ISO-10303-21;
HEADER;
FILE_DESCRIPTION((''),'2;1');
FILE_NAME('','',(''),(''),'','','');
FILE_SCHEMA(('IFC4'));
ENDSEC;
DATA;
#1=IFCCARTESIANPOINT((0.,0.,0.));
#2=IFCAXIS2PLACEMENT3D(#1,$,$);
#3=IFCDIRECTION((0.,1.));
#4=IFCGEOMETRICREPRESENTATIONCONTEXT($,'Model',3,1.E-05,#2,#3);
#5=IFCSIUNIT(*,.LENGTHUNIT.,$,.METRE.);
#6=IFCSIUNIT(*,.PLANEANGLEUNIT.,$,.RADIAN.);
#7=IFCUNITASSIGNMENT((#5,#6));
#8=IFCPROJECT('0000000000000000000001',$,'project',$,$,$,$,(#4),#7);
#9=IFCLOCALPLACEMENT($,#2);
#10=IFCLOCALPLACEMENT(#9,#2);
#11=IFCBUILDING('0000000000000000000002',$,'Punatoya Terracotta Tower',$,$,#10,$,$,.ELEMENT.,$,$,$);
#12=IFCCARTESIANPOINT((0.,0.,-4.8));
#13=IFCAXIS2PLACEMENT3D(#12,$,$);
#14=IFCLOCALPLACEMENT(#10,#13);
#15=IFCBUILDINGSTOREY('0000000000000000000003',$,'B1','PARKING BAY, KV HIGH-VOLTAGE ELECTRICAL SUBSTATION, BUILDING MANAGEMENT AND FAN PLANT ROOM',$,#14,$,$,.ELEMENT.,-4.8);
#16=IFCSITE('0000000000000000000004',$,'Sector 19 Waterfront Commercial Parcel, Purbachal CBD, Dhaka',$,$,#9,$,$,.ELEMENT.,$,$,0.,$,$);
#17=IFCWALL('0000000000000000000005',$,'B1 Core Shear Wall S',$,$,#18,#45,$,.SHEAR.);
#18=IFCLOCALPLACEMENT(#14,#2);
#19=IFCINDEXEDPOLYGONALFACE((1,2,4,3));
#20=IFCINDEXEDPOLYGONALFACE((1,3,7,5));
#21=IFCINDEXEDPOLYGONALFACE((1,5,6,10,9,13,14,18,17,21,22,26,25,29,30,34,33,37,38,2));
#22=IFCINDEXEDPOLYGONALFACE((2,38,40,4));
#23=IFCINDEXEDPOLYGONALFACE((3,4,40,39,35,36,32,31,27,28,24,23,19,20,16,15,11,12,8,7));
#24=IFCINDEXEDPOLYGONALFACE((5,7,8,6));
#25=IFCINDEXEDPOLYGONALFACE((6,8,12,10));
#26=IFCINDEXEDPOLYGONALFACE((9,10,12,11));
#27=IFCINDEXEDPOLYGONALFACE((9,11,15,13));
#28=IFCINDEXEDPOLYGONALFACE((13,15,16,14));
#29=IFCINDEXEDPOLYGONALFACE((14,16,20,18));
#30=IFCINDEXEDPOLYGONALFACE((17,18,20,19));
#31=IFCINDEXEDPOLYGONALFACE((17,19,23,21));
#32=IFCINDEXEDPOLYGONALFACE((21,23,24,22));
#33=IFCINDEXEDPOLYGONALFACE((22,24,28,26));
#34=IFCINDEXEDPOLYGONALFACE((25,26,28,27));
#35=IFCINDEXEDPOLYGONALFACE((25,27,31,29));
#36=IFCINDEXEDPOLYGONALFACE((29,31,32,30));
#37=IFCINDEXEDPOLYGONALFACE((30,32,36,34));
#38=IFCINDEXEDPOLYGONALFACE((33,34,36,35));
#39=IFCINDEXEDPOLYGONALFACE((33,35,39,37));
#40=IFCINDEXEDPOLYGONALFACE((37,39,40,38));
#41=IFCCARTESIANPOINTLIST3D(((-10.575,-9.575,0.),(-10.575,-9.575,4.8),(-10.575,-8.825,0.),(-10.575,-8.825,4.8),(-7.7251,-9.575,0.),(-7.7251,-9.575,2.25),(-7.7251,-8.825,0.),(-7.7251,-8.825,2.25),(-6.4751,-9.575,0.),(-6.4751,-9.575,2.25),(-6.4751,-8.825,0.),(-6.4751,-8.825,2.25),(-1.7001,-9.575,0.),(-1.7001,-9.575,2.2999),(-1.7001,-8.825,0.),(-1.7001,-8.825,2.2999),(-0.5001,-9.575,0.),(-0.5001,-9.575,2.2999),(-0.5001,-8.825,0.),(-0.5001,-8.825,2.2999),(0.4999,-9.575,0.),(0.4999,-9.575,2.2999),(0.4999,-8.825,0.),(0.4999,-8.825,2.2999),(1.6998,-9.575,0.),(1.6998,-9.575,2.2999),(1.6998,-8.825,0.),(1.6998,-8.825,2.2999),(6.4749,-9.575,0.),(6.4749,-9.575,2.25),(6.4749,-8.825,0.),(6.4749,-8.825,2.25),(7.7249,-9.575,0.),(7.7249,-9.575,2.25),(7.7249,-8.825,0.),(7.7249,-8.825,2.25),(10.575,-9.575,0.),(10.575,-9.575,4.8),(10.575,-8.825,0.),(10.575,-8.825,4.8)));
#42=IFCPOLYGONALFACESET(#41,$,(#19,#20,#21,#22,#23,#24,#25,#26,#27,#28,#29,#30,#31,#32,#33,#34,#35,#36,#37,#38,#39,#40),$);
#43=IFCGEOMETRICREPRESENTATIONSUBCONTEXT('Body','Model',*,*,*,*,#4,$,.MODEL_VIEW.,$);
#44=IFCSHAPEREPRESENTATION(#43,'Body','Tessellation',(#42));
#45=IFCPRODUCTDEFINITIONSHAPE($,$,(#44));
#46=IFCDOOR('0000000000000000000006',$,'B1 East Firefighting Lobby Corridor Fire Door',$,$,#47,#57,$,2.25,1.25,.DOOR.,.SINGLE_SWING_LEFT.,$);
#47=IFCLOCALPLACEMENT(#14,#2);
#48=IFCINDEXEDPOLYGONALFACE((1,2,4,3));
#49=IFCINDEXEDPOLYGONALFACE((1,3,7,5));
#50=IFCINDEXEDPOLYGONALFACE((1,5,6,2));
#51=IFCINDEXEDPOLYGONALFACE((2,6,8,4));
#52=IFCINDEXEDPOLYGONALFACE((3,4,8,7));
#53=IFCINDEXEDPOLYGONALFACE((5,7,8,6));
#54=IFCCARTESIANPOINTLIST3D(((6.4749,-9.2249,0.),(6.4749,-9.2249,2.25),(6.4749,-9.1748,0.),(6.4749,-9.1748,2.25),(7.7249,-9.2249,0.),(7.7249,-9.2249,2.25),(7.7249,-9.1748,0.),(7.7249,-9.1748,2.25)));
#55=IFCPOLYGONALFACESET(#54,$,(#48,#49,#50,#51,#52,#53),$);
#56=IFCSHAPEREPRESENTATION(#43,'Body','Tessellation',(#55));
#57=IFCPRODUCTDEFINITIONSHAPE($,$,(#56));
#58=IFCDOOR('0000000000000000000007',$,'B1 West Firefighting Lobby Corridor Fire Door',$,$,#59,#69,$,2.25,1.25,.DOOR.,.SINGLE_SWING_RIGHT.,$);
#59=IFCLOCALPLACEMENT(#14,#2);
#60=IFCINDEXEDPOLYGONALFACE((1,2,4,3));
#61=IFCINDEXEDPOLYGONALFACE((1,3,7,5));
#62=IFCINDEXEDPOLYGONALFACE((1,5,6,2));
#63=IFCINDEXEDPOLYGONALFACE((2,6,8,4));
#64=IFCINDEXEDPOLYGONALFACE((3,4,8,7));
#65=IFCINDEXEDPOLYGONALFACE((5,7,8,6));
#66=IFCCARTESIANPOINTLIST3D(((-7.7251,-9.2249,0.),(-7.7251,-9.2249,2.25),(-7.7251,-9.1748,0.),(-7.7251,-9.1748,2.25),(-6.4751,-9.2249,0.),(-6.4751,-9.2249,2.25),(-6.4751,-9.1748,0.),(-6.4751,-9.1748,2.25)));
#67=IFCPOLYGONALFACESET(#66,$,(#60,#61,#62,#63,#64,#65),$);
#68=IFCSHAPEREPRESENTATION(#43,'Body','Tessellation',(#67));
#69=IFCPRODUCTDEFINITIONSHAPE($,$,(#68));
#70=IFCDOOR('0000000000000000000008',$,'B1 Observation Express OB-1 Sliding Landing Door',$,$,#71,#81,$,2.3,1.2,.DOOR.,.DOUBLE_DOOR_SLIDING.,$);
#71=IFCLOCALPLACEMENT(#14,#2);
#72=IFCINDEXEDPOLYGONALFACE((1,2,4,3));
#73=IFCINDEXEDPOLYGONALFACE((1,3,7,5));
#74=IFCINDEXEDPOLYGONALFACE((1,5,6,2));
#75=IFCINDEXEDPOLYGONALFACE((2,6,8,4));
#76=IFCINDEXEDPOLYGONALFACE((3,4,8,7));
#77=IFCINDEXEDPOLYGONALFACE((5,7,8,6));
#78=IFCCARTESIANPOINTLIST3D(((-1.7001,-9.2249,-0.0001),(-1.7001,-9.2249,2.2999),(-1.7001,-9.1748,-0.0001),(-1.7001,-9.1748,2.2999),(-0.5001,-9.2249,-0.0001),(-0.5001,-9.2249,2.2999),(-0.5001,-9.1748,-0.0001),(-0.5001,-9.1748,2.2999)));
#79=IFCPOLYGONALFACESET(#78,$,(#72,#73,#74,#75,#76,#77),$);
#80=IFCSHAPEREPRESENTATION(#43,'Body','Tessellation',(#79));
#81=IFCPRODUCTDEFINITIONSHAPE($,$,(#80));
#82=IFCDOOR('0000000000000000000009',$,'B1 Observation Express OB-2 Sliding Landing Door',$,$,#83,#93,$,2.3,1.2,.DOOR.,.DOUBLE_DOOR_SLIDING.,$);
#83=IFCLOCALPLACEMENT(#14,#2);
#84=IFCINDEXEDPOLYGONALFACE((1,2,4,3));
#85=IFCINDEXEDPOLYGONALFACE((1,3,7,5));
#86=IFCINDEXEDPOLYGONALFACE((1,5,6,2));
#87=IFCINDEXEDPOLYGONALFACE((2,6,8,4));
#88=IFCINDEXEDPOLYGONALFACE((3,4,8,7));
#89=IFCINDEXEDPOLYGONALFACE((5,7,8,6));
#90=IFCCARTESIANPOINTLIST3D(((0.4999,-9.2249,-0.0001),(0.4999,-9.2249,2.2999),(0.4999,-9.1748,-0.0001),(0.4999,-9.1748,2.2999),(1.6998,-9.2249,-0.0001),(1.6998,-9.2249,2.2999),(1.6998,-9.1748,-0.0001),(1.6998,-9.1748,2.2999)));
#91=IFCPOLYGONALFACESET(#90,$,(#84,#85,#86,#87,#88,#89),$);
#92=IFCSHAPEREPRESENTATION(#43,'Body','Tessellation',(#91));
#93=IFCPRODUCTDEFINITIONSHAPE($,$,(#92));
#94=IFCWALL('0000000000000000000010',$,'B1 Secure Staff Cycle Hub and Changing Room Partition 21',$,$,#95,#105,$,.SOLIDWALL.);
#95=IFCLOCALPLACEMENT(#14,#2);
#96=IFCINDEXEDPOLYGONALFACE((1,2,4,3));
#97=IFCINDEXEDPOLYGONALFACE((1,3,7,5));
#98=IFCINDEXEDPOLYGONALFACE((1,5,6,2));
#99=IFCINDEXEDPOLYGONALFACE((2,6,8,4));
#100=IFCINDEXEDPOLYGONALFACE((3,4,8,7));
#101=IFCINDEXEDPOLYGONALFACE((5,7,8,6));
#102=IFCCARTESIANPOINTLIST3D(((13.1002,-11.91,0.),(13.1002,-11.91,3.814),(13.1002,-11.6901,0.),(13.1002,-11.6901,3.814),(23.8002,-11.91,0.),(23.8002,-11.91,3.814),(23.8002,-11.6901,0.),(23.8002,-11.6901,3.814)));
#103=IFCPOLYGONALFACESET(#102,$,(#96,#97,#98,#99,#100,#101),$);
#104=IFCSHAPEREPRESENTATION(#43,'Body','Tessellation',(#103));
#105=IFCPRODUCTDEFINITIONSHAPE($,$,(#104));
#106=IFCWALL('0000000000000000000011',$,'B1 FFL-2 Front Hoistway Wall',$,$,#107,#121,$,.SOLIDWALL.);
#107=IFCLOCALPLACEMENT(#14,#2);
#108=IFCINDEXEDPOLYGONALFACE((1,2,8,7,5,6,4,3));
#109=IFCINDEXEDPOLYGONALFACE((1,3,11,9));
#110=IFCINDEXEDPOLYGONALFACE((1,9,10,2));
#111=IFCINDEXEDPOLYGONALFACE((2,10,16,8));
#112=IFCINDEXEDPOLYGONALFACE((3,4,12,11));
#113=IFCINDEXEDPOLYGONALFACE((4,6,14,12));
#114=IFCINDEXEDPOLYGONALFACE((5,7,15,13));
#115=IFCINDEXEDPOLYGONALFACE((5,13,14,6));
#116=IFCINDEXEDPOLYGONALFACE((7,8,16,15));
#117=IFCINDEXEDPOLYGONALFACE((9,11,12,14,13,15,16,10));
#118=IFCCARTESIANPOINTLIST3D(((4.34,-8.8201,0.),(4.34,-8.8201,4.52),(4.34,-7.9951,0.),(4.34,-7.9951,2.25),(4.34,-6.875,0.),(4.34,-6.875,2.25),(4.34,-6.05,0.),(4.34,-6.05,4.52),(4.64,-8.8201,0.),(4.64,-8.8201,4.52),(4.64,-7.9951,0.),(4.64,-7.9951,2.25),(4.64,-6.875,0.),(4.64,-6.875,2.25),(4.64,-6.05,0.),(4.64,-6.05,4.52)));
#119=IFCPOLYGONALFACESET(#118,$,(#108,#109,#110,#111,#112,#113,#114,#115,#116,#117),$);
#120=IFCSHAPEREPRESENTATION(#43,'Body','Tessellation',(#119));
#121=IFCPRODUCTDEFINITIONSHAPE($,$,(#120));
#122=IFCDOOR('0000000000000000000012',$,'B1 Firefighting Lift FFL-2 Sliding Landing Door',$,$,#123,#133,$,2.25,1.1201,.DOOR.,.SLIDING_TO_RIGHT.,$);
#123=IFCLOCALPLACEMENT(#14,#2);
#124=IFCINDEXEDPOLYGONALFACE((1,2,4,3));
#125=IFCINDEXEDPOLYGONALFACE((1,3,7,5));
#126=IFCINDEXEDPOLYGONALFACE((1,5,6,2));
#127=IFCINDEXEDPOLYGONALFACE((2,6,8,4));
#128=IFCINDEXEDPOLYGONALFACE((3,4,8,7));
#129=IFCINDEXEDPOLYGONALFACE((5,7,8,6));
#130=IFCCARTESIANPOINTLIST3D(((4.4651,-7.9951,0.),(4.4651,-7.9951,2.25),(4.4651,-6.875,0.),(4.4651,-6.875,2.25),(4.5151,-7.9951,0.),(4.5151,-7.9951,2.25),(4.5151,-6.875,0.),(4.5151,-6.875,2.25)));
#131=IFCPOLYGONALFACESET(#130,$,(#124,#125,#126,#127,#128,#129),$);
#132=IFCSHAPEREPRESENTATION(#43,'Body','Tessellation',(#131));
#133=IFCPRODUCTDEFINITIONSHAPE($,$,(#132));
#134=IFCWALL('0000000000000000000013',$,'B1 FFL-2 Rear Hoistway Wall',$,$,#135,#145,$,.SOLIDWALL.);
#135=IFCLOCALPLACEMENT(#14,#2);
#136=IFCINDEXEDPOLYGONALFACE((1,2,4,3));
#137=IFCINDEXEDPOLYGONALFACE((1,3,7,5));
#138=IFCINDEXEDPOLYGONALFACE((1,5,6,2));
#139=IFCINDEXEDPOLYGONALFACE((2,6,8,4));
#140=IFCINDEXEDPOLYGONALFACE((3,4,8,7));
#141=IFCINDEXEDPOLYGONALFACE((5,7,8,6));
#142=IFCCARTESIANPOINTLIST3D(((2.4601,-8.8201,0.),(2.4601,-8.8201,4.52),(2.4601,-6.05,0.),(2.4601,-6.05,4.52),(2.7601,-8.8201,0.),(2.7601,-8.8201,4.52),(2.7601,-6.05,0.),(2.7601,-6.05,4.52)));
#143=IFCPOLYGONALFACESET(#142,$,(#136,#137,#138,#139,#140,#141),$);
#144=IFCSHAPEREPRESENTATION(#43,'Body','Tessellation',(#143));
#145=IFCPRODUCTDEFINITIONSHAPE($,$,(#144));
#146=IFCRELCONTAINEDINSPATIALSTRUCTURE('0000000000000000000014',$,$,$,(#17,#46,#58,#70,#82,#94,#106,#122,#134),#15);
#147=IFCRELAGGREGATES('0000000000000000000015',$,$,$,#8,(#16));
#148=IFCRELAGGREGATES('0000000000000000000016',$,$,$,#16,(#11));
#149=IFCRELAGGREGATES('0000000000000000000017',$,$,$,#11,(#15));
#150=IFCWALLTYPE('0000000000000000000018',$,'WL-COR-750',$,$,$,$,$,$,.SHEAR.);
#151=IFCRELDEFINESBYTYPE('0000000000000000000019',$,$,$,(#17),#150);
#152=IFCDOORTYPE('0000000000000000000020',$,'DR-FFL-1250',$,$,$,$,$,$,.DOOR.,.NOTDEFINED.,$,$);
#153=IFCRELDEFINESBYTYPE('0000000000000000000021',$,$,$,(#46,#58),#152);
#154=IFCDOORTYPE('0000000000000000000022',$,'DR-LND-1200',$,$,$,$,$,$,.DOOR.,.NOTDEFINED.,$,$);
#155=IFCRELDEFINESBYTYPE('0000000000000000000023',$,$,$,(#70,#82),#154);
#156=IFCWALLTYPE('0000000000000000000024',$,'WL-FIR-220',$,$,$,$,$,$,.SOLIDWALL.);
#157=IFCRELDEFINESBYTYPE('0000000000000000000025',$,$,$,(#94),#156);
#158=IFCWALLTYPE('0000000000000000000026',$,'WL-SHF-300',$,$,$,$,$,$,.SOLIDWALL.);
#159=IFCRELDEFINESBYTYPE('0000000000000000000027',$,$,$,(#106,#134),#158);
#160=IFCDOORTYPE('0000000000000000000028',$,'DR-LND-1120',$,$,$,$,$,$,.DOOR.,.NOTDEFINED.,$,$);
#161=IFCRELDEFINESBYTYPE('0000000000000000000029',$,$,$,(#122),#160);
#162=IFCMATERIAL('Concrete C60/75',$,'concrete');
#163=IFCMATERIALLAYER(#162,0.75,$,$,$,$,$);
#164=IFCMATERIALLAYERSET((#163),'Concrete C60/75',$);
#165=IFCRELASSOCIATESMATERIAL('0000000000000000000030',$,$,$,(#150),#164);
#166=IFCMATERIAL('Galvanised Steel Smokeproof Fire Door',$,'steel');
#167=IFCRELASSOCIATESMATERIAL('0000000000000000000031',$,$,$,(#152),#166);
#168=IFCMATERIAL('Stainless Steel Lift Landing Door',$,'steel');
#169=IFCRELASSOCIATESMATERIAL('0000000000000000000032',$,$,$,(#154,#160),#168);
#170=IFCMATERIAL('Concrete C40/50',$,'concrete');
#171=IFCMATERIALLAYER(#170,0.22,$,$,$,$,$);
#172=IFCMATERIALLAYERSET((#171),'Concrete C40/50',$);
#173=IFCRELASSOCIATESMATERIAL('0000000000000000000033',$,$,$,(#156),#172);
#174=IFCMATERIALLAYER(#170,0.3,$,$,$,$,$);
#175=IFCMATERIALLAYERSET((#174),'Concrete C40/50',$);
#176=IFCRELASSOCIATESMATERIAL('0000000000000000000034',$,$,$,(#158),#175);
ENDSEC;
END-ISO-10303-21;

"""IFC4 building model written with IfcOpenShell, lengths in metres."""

from ifc_helpers import new_model, si_unit, direction, frame, frame_2d, origin, place, context, subcontext, project, spatial, rectangle, extrude, material, layer, layer_set, type_object, element, fill, save


model = new_model("IFC4")

# Units and contexts
model_context = context("Model", 3, precision=1e-05, world=origin(), true_north=direction((0.0, 1.0)))
body_context = subcontext(model_context, "Body", "Model", "MODEL_VIEW")
ifc_project = project(units=[si_unit("LENGTHUNIT", "METRE"), si_unit("PLANEANGLEUNIT", "RADIAN")], contexts=[model_context])

# Site, building, storey
site_placement = place(None, origin())
site = spatial("IfcSite", under=ifc_project, at=site_placement, Name="Sector 19 Waterfront Commercial Parcel, Purbachal CBD, Dhaka", CompositionType="ELEMENT", RefElevation=0.0)
building_placement = place(site_placement, origin())
building = spatial("IfcBuilding", under=site, at=building_placement, Name="Punatoya Terracotta Tower", CompositionType="ELEMENT")
storey_placement = place(building_placement, frame((0.0, 0.0, -4.8)))
storey = spatial("IfcBuildingStorey", under=building, at=storey_placement, Name="B1", Description="PARKING BAY, KV HIGH-VOLTAGE ELECTRICAL SUBSTATION, BUILDING MANAGEMENT AND FAN PLANT ROOM", CompositionType="ELEMENT", Elevation=-4.8)

# Shared definitions
ifc_material_1 = material(Name="Concrete C60/75", Category="concrete")

# Wall, openings, doors
ifc_layer_1 = layer(ifc_material_1, 0.75)
ifc_layer_set_1 = layer_set([ifc_layer_1], Name="Concrete C60/75")
wall_type_1 = type_object("IfcWallType", Name="WL-COR-750", PredefinedType="SHEAR", material=ifc_layer_set_1)
wall_1_placement = place(storey_placement, frame((10.575, -9.2, 0.0), z_axis=(0.0, 0.0, 1.0), x_axis=(-1.0, 0.0, 0.0)))
wall_1 = element("IfcWall", 1, at=wall_1_placement, inside=storey, type_object=wall_type_1, Name="B1 Core Shear Wall S", PredefinedType="SHEAR", context=body_context, shape_type="SweptSolid", body=[
    extrude(rectangle(XDim=21.1499, YDim=0.75, at=frame_2d((10.575, 0.0))), origin(), (0.0, 0.0, 1.0), 4.8),
])
opening_1_placement = place(wall_1_placement, frame((2.8501, 0.0, 0.0)))
opening_1 = element("IfcOpeningElement", 2, at=opening_1_placement, cuts=wall_1, PredefinedType="OPENING", context=body_context, shape_type="SweptSolid", body=[
    extrude(rectangle(XDim=1.25, YDim=2.25, at=frame_2d((0.625, 1.125))), frame((0.0, 0.385, 0.0), z_axis=(0.0, -1.0, 0.0), x_axis=(1.0, 0.0, 0.0)), (0.0, 0.0, 1.0), 0.77),
])
opening_2_placement = place(wall_1_placement, frame((17.05, 0.0, 0.0)))
opening_2 = element("IfcOpeningElement", 3, at=opening_2_placement, cuts=wall_1, PredefinedType="OPENING", context=body_context, shape_type="SweptSolid", body=[
    extrude(rectangle(XDim=1.25, YDim=2.25, at=frame_2d((0.625, 1.125))), frame((0.0, 0.385, 0.0), z_axis=(0.0, -1.0, 0.0), x_axis=(1.0, 0.0, 0.0)), (0.0, 0.0, 1.0), 0.77),
])
opening_3_placement = place(wall_1_placement, frame((11.075, 0.0, 0.0)))
opening_3 = element("IfcOpeningElement", 4, at=opening_3_placement, cuts=wall_1, PredefinedType="OPENING", context=body_context, shape_type="SweptSolid", body=[
    extrude(rectangle(XDim=1.2, YDim=2.3, at=frame_2d((0.6001, 1.1499))), frame((0.0, 0.385, 0.0), z_axis=(0.0, -1.0, 0.0), x_axis=(1.0, 0.0, 0.0)), (0.0, 0.0, 1.0), 0.77),
])
opening_4_placement = place(wall_1_placement, frame((8.875, 0.0, 0.0)))
opening_4 = element("IfcOpeningElement", 5, at=opening_4_placement, cuts=wall_1, PredefinedType="OPENING", context=body_context, shape_type="SweptSolid", body=[
    extrude(rectangle(XDim=1.2, YDim=2.3, at=frame_2d((0.6001, 1.1499))), frame((0.0, 0.385, 0.0), z_axis=(0.0, -1.0, 0.0), x_axis=(1.0, 0.0, 0.0)), (0.0, 0.0, 1.0), 0.77),
])
ifc_material_2 = material(Name="Galvanised Steel Smokeproof Fire Door", Category="steel")
door_type_1 = type_object("IfcDoorType", Name="DR-FFL-1250", OperationType="NOTDEFINED", PredefinedType="DOOR", material=ifc_material_2)
door_1_placement = place(opening_1_placement, origin())
door_1 = element("IfcDoor", 6, at=door_1_placement, inside=storey, type_object=door_type_1, Name="B1 East Firefighting Lobby Corridor Fire Door", OperationType="SINGLE_SWING_LEFT", OverallHeight=2.25, OverallWidth=1.25, PredefinedType="DOOR", context=body_context, shape_type="SweptSolid", body=[
    extrude(rectangle(XDim=1.25, YDim=2.25, at=frame_2d((0.625, 1.125))), frame((0.0, 0.0249, 0.0), z_axis=(0.0, -1.0, 0.0), x_axis=(1.0, 0.0, 0.0)), (0.0, 0.0, 1.0), 0.05),
])
fill(opening_1, door_1)
door_2_placement = place(opening_2_placement, origin())
door_2 = element("IfcDoor", 7, at=door_2_placement, inside=storey, type_object=door_type_1, Name="B1 West Firefighting Lobby Corridor Fire Door", OperationType="SINGLE_SWING_RIGHT", OverallHeight=2.25, OverallWidth=1.25, PredefinedType="DOOR", context=body_context, shape_type="SweptSolid", body=[
    extrude(rectangle(XDim=1.25, YDim=2.25, at=frame_2d((0.625, 1.125))), frame((0.0, 0.0249, 0.0), z_axis=(0.0, -1.0, 0.0), x_axis=(1.0, 0.0, 0.0)), (0.0, 0.0, 1.0), 0.05),
])
fill(opening_2, door_2)
ifc_material_3 = material(Name="Stainless Steel Lift Landing Door", Category="steel")
door_type_2 = type_object("IfcDoorType", Name="DR-LND-1200", OperationType="NOTDEFINED", PredefinedType="DOOR", material=ifc_material_3)
door_3_placement = place(opening_3_placement, origin())
door_3 = element("IfcDoor", 8, at=door_3_placement, inside=storey, type_object=door_type_2, Name="B1 Observation Express OB-1 Sliding Landing Door", OperationType="DOUBLE_DOOR_SLIDING", OverallHeight=2.3, OverallWidth=1.2, PredefinedType="DOOR", context=body_context, shape_type="SweptSolid", body=[
    extrude(rectangle(XDim=1.2, YDim=2.3, at=frame_2d((0.6001, 1.1499))), frame((0.0, 0.0249, 0.0), z_axis=(0.0, -1.0, 0.0), x_axis=(1.0, 0.0, 0.0)), (0.0, 0.0, 1.0), 0.05),
])
fill(opening_3, door_3)
door_4_placement = place(opening_4_placement, origin())
door_4 = element("IfcDoor", 9, at=door_4_placement, inside=storey, type_object=door_type_2, Name="B1 Observation Express OB-2 Sliding Landing Door", OperationType="DOUBLE_DOOR_SLIDING", OverallHeight=2.3, OverallWidth=1.2, PredefinedType="DOOR", context=body_context, shape_type="SweptSolid", body=[
    extrude(rectangle(XDim=1.2, YDim=2.3, at=frame_2d((0.6001, 1.1499))), frame((0.0, 0.0249, 0.0), z_axis=(0.0, -1.0, 0.0), x_axis=(1.0, 0.0, 0.0)), (0.0, 0.0, 1.0), 0.05),
])
fill(opening_4, door_4)

# Wall
ifc_material_4 = material(Name="Concrete C40/50", Category="concrete")
ifc_layer_2 = layer(ifc_material_4, 0.22)
ifc_layer_set_2 = layer_set([ifc_layer_2], Name="Concrete C40/50")
wall_type_2 = type_object("IfcWallType", Name="WL-FIR-220", PredefinedType="SOLIDWALL", material=ifc_layer_set_2)
wall_2_placement = place(storey_placement, frame((13.1001, -11.8, 0.0), z_axis=(0.0, 0.0, 1.0), x_axis=(1.0, 0.0, 0.0)))
element("IfcWall", 10, at=wall_2_placement, inside=storey, type_object=wall_type_2, Name="B1 Secure Staff Cycle Hub and Changing Room Partition 21", PredefinedType="SOLIDWALL", context=body_context, shape_type="SweptSolid", body=[
    extrude(rectangle(XDim=10.7, YDim=0.22, at=frame_2d((5.3501, 0.0))), origin(), (0.0, 0.0, 1.0), 3.814),
])

# Wall, opening, door
ifc_layer_3 = layer(ifc_material_4, 0.3)
ifc_layer_set_3 = layer_set([ifc_layer_3], Name="Concrete C40/50")
wall_type_3 = type_object("IfcWallType", Name="WL-SHF-300", PredefinedType="SOLIDWALL", material=ifc_layer_set_3)
wall_3_placement = place(storey_placement, frame((4.49, -8.8201, 0.0), z_axis=(0.0, 0.0, 1.0), x_axis=(0.0, 1.0, 0.0)))
wall_3 = element("IfcWall", 11, at=wall_3_placement, inside=storey, type_object=wall_type_3, Name="B1 FFL-2 Front Hoistway Wall", PredefinedType="SOLIDWALL", context=body_context, shape_type="SweptSolid", body=[
    extrude(rectangle(XDim=2.77, YDim=0.3, at=frame_2d((1.385, 0.0))), origin(), (0.0, 0.0, 1.0), 4.52),
])
opening_5_placement = place(wall_3_placement, frame((0.825, 0.0, 0.0)))
opening_5 = element("IfcOpeningElement", 12, at=opening_5_placement, cuts=wall_3, PredefinedType="OPENING", context=body_context, shape_type="SweptSolid", body=[
    extrude(rectangle(XDim=1.1201, YDim=2.25, at=frame_2d((0.5601, 1.125))), frame((0.0, 0.1599, 0.0), z_axis=(0.0, -1.0, 0.0), x_axis=(1.0, 0.0, 0.0)), (0.0, 0.0, 1.0), 0.3201),
])
door_type_3 = type_object("IfcDoorType", Name="DR-LND-1120", OperationType="NOTDEFINED", PredefinedType="DOOR", material=ifc_material_3)
door_5_placement = place(opening_5_placement, origin())
door_5 = element("IfcDoor", 13, at=door_5_placement, inside=storey, type_object=door_type_3, Name="B1 Firefighting Lift FFL-2 Sliding Landing Door", OperationType="SLIDING_TO_RIGHT", OverallHeight=2.25, OverallWidth=1.1201, PredefinedType="DOOR", context=body_context, shape_type="SweptSolid", body=[
    extrude(rectangle(XDim=1.1201, YDim=2.25, at=frame_2d((0.5601, 1.125))), frame((0.0, 0.0249, 0.0), z_axis=(0.0, -1.0, 0.0), x_axis=(1.0, 0.0, 0.0)), (0.0, 0.0, 1.0), 0.05),
])
fill(opening_5, door_5)

# Wall
wall_4_placement = place(storey_placement, frame((2.6101, -8.8201, 0.0), z_axis=(0.0, 0.0, 1.0), x_axis=(0.0, 1.0, 0.0)))
element("IfcWall", 14, at=wall_4_placement, inside=storey, type_object=wall_type_3, Name="B1 FFL-2 Rear Hoistway Wall", PredefinedType="SOLIDWALL", context=body_context, shape_type="SweptSolid", body=[
    extrude(rectangle(XDim=2.77, YDim=0.3, at=frame_2d((1.385, 0.0))), origin(), (0.0, 0.0, 1.0), 4.52),
])

save(model, "model.ifc")
